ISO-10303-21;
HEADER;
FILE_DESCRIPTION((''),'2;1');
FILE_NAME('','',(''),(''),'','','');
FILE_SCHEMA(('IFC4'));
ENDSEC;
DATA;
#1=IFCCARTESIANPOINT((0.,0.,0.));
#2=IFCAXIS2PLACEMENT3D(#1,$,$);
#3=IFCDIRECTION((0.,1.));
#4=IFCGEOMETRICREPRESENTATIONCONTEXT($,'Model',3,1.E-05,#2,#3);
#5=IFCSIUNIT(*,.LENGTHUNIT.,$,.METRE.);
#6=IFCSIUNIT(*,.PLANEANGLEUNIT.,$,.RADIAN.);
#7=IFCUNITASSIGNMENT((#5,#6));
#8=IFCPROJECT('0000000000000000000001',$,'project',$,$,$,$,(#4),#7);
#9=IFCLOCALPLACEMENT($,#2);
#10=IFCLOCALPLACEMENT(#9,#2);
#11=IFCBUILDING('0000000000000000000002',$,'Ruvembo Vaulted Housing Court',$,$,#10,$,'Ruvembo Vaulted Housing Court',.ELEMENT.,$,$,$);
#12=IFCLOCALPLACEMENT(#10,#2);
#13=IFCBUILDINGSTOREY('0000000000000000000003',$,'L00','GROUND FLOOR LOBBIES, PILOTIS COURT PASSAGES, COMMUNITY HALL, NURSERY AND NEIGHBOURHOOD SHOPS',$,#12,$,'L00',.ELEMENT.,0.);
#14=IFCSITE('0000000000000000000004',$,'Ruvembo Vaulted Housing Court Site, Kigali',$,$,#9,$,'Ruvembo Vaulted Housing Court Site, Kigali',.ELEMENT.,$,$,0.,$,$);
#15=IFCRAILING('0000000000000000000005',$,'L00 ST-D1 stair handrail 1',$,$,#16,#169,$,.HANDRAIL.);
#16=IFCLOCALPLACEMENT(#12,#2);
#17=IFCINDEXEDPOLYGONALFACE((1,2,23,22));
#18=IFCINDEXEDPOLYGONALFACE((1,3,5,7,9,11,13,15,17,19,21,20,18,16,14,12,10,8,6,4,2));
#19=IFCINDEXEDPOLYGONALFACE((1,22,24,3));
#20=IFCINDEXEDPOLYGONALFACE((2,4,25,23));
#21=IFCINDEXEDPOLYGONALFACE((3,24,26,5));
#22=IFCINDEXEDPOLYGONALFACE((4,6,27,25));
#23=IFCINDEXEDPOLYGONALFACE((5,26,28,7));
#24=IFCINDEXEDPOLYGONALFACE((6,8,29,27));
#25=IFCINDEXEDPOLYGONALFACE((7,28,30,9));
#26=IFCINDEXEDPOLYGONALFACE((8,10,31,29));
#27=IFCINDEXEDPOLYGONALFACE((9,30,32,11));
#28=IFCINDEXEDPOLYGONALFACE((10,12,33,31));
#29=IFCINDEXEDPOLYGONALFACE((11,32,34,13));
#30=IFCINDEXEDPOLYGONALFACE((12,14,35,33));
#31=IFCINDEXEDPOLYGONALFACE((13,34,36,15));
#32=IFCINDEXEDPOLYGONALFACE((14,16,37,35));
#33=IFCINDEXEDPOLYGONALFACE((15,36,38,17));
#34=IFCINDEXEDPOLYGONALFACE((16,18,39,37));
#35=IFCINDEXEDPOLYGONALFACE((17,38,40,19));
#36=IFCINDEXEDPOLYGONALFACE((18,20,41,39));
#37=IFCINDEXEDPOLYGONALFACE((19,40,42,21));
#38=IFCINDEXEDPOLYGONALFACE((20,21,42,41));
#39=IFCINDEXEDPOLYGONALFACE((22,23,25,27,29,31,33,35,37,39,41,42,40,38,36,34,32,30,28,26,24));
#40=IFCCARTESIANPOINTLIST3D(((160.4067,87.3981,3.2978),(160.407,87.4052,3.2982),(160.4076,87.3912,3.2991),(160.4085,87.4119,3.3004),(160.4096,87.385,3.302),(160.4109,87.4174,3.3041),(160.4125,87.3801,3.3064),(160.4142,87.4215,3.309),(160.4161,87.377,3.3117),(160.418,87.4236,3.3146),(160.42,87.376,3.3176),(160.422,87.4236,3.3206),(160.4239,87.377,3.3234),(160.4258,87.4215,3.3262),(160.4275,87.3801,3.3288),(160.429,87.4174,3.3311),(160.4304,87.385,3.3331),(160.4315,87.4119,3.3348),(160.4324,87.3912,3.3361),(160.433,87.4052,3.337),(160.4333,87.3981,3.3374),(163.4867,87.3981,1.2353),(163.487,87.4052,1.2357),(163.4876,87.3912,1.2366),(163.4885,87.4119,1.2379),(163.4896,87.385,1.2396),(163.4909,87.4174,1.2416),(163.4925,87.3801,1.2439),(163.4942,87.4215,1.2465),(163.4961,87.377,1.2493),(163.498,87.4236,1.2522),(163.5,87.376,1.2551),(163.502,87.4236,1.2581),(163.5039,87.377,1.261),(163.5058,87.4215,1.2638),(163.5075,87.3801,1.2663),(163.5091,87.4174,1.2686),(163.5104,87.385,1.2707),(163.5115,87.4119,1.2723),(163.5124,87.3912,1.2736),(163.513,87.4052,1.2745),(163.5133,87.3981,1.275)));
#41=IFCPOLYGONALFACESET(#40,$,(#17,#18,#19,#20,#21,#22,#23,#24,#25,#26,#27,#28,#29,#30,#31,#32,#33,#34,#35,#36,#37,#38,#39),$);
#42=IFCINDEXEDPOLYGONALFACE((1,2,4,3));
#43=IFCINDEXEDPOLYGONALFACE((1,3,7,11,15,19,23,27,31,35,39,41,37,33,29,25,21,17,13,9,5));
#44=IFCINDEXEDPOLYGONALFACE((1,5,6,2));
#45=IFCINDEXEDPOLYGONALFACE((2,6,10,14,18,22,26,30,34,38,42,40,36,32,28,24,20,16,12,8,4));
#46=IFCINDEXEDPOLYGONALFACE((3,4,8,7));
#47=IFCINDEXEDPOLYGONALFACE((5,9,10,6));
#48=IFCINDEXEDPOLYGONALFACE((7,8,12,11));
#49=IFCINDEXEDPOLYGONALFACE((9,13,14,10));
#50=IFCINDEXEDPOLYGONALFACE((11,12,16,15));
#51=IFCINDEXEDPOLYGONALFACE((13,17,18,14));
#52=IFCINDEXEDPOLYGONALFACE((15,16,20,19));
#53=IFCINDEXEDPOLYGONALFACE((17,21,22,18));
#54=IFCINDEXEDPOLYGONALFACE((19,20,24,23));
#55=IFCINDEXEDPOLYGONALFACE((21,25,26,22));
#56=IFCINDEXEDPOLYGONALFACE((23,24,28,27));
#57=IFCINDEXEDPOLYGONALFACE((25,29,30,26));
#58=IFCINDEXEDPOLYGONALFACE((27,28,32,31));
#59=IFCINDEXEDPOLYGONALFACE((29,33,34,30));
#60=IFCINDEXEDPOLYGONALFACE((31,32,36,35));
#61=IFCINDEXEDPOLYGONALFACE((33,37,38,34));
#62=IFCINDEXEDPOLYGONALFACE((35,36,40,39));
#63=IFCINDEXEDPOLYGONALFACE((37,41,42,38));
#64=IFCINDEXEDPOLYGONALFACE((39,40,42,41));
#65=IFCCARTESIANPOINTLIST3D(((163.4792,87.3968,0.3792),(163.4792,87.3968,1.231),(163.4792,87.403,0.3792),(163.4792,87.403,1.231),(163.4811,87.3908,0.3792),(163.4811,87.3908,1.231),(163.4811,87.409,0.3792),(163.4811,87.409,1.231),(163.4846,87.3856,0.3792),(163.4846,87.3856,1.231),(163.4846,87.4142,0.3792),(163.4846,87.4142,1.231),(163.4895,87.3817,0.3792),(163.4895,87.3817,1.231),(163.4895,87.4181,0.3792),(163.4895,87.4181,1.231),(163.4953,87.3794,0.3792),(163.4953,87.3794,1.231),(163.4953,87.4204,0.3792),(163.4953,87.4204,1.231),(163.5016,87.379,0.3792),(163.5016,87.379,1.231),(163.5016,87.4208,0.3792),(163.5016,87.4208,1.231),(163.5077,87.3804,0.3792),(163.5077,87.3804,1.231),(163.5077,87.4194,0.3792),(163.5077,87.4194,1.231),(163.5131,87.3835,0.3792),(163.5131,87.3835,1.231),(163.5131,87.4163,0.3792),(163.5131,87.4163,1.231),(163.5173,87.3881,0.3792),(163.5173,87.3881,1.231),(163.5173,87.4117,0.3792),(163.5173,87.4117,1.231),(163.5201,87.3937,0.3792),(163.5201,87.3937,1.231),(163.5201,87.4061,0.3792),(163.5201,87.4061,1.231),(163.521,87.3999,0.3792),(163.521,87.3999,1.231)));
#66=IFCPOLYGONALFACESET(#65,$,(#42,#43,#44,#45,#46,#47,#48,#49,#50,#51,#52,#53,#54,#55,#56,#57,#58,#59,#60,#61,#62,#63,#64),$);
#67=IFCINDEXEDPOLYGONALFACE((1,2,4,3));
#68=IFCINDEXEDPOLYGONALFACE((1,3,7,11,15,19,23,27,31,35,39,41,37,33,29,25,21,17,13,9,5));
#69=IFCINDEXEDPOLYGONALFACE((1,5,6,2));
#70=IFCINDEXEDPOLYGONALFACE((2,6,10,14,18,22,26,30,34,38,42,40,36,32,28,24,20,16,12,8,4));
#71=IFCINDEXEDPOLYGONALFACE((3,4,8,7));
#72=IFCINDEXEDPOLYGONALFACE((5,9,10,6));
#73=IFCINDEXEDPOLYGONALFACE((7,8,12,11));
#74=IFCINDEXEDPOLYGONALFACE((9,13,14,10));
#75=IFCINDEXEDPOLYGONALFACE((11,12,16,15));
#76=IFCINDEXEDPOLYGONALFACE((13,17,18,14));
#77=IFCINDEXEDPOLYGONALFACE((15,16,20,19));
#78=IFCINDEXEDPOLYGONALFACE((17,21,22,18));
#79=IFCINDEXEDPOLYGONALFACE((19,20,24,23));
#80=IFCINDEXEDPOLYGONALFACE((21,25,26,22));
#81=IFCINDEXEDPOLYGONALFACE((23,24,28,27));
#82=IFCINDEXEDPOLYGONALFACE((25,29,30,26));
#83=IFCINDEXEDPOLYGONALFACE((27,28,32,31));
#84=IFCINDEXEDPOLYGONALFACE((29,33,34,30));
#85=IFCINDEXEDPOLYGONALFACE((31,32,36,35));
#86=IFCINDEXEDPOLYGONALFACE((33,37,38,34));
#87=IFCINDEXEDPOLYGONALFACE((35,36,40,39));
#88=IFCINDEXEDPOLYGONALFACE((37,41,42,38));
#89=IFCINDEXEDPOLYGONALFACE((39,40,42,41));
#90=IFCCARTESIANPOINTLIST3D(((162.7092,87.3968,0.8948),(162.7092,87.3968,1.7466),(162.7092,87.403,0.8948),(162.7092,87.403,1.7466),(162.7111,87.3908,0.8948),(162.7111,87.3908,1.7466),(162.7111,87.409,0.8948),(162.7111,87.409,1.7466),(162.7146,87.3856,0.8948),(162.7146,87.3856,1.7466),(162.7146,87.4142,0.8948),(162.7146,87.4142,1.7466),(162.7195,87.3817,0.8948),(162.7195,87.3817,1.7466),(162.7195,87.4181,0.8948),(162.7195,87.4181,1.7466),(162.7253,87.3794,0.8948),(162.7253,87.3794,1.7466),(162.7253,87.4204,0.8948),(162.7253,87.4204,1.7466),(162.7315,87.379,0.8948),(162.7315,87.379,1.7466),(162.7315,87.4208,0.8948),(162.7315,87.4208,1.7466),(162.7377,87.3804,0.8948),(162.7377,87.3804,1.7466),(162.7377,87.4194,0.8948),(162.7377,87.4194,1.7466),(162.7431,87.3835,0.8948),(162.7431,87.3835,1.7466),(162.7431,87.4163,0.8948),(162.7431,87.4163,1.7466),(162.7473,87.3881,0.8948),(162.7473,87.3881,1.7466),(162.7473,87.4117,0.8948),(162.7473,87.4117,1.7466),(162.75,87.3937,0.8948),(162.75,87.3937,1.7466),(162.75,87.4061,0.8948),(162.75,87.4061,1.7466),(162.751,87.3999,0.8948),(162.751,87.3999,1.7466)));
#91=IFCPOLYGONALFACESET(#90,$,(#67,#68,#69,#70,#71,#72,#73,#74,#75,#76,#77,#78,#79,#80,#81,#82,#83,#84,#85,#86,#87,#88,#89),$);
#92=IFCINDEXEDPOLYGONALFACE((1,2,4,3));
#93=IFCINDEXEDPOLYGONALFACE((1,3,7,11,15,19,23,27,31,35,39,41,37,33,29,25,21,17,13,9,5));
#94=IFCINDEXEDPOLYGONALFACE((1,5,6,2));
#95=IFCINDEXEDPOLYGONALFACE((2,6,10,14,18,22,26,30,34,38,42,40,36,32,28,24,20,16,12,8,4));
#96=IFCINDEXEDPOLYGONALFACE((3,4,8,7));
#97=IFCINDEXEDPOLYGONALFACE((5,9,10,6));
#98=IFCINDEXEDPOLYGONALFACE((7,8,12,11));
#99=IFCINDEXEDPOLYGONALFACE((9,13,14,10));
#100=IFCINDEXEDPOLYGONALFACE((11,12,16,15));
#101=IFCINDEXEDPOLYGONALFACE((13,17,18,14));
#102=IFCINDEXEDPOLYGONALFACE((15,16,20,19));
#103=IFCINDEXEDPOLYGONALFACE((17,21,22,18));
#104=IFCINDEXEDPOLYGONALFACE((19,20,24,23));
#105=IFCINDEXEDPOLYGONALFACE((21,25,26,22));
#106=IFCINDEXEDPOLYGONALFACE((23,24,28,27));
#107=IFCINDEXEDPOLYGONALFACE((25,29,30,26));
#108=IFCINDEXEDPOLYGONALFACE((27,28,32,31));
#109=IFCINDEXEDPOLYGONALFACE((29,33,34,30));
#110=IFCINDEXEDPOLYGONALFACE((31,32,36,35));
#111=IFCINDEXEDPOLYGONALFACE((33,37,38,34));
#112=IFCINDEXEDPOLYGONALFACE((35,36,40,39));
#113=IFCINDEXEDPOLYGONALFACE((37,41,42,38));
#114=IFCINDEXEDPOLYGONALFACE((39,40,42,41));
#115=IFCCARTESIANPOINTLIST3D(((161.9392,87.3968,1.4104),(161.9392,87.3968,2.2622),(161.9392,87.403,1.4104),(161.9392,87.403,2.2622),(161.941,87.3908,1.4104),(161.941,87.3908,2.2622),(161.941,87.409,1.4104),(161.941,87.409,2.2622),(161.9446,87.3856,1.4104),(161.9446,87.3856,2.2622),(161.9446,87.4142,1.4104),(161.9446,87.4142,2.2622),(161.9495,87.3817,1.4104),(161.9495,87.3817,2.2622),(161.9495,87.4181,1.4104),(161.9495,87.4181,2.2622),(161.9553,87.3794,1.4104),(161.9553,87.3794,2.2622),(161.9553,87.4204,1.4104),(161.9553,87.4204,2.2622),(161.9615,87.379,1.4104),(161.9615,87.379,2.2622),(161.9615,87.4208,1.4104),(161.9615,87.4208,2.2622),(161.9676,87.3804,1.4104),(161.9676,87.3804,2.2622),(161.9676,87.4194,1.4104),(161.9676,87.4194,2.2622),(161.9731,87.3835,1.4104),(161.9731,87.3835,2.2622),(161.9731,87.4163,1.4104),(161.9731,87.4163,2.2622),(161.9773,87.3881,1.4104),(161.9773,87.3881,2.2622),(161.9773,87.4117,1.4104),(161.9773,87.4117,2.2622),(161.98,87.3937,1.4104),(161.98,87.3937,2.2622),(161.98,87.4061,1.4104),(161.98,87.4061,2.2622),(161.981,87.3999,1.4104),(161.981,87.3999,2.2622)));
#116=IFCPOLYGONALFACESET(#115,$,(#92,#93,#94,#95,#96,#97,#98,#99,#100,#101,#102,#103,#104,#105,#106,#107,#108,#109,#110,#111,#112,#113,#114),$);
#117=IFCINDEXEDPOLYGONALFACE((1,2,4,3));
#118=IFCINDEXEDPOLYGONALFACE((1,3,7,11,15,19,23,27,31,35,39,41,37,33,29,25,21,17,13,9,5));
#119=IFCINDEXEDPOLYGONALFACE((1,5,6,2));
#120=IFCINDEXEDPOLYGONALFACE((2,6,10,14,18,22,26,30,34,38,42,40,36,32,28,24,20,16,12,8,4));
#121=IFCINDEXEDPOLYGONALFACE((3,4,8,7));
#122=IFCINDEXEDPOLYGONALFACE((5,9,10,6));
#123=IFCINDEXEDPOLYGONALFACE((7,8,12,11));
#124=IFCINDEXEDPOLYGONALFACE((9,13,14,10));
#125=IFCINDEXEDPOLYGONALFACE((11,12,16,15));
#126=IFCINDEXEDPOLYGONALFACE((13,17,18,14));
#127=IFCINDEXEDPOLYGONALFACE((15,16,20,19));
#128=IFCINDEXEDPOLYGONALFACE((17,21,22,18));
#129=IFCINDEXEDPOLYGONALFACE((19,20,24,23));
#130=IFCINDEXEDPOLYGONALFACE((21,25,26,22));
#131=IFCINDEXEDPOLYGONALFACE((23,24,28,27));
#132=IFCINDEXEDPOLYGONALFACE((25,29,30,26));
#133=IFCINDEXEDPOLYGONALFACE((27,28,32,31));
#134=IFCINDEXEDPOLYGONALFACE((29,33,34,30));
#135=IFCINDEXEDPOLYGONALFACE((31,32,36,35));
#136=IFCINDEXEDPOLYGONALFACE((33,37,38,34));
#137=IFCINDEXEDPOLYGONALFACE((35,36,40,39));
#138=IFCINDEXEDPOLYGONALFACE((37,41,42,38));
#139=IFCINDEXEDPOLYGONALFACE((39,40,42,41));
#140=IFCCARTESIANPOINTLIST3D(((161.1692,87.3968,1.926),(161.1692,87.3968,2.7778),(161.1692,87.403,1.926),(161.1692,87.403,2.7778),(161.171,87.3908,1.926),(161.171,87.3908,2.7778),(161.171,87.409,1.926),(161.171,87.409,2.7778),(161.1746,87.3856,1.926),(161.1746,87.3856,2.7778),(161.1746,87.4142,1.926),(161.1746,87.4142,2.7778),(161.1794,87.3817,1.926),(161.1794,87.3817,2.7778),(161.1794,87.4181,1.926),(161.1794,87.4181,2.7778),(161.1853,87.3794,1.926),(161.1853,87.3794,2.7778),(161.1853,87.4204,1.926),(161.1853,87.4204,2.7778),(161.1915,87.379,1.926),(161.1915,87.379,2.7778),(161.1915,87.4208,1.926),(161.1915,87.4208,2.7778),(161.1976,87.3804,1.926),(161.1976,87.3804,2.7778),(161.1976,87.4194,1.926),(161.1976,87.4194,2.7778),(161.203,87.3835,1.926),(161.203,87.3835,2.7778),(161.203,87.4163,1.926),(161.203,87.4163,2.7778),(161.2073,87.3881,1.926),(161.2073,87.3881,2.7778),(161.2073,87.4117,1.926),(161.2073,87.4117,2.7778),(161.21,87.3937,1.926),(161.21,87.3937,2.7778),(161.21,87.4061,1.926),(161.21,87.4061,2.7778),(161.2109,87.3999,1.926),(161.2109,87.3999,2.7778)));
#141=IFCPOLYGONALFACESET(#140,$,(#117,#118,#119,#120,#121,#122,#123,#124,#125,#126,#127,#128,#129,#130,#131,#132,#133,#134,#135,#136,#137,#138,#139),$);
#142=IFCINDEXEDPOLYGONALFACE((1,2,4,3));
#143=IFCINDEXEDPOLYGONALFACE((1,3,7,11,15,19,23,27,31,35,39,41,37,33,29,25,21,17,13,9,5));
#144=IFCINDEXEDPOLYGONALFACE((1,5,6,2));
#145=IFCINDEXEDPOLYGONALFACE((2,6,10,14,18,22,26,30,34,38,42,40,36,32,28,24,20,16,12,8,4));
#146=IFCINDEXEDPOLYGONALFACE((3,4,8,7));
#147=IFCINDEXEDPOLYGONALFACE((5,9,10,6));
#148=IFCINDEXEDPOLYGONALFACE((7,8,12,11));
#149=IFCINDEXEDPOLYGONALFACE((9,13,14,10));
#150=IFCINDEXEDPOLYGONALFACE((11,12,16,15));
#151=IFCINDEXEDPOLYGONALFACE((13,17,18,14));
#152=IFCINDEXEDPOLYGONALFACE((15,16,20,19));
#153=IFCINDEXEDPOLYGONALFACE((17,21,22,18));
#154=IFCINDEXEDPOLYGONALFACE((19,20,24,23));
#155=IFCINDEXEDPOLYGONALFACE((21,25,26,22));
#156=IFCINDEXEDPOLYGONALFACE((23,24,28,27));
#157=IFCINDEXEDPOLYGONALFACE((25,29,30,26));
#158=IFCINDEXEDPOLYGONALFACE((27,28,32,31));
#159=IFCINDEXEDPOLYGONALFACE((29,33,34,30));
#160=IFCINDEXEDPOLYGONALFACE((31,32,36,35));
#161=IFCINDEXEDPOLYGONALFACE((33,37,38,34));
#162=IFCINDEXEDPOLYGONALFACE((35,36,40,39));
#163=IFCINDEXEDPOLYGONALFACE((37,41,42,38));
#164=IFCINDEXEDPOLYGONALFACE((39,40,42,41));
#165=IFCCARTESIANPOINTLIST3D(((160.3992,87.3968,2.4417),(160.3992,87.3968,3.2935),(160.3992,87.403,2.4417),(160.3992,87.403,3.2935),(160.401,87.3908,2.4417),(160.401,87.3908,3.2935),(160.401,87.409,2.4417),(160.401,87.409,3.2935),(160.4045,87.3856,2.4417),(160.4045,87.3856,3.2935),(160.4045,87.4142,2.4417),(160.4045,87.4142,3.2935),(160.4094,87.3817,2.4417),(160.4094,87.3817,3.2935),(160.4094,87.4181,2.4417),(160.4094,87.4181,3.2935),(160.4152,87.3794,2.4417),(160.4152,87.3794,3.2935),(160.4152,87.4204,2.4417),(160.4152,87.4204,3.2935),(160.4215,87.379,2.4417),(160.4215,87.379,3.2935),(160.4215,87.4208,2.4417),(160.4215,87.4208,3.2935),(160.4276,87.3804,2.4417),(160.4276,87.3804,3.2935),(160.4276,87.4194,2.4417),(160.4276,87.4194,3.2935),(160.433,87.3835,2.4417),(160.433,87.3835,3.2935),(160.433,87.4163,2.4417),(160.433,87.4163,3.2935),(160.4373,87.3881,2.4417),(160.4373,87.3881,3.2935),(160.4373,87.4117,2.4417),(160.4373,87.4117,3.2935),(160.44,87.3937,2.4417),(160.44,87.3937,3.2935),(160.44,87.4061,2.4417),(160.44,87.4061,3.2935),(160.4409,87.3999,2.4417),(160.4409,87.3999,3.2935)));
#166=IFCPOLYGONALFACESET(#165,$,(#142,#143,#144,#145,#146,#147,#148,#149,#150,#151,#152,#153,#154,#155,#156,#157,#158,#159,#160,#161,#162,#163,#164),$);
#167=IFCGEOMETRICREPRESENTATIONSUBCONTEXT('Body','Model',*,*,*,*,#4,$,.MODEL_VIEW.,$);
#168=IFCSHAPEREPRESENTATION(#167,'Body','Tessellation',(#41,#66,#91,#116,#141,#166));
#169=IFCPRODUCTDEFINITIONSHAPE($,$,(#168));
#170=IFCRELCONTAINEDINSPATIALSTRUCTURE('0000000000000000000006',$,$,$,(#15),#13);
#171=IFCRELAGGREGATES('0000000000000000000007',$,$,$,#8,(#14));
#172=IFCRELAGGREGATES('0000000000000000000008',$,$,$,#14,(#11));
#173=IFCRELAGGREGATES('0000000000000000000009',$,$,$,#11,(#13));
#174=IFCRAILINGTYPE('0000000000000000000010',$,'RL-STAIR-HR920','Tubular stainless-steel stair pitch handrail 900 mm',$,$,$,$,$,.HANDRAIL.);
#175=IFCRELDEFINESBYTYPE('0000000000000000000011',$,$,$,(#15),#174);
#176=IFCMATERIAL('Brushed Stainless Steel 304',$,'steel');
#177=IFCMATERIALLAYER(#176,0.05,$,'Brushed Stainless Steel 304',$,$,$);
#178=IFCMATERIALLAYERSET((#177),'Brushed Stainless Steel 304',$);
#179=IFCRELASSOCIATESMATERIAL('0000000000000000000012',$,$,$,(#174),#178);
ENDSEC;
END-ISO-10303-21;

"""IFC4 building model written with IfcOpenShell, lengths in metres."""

from ifc_helpers import new_model, si_unit, direction, frame, origin, origin_2d, place, context, subcontext, project, spatial, circle, extrude, material, layer, layer_set, type_object, element, save


model = new_model("IFC4")

# Units and contexts
model_context = context("Model", 3, precision=1e-05, world=origin(), true_north=direction((0.0, 1.0)))
body_context = subcontext(model_context, "Body", "Model", "MODEL_VIEW")
ifc_project = project(units=[si_unit("LENGTHUNIT", "METRE"), si_unit("PLANEANGLEUNIT", "RADIAN")], contexts=[model_context])

# Site, building, storey
site_placement = place(None, origin())
site = spatial("IfcSite", under=ifc_project, at=site_placement, Name="Ruvembo Vaulted Housing Court Site, Kigali", LongName="Ruvembo Vaulted Housing Court Site, Kigali", CompositionType="ELEMENT", RefElevation=0.0)
building_placement = place(site_placement, origin())
building = spatial("IfcBuilding", under=site, at=building_placement, Name="Ruvembo Vaulted Housing Court", LongName="Ruvembo Vaulted Housing Court", CompositionType="ELEMENT")
storey_placement = place(building_placement, origin())
storey = spatial("IfcBuildingStorey", under=building, at=storey_placement, Name="L00", Description="GROUND FLOOR LOBBIES, PILOTIS COURT PASSAGES, COMMUNITY HALL, NURSERY AND NEIGHBOURHOOD SHOPS", LongName="L00", CompositionType="ELEMENT", Elevation=0.0)

# Shared definitions
ifc_material_1 = material(Name="Brushed Stainless Steel 304", Category="steel")

# Railing
ifc_layer_1 = layer(ifc_material_1, 0.05, Name="Brushed Stainless Steel 304")
ifc_layer_set_1 = layer_set([ifc_layer_1], Name="Brushed Stainless Steel 304")
railing_type_1 = type_object("IfcRailingType", Name="RL-STAIR-HR920", Description="Tubular stainless-steel stair pitch handrail 900 mm", PredefinedType="HANDRAIL", material=ifc_layer_set_1)
railing_1_placement = place(storey_placement, frame((163.5, 87.3999, 0.3792)))
element("IfcRailing", 1, at=railing_1_placement, inside=storey, type_object=railing_type_1, Name="L00 ST-D1 stair handrail 1", PredefinedType="HANDRAIL", context=body_context, shape_type="SweptSolid", body=[
    extrude(circle(Radius=0.0239, at=origin_2d()), frame((0.0, 0.0, 0.876), z_axis=(-0.830914, 0.0, 0.556401), x_axis=(0.0, -1.0, 0.0)), (0.0, 0.0, 1.0), 3.7068),
    extrude(circle(Radius=0.021, at=origin_2d()), origin(), (0.0, 0.0, 1.0), 0.8518),
    extrude(circle(Radius=0.021, at=origin_2d()), frame((-0.77, 0.0, 0.5156)), (0.0, 0.0, 1.0), 0.8518),
    extrude(circle(Radius=0.021, at=origin_2d()), frame((-1.54, 0.0, 1.0312)), (0.0, 0.0, 1.0), 0.8518),
    extrude(circle(Radius=0.021, at=origin_2d()), frame((-2.3101, 0.0, 1.5469)), (0.0, 0.0, 1.0), 0.8518),
    extrude(circle(Radius=0.021, at=origin_2d()), frame((-3.0801, 0.0, 2.0625)), (0.0, 0.0, 1.0), 0.8518),
])

save(model, "model.ifc")
